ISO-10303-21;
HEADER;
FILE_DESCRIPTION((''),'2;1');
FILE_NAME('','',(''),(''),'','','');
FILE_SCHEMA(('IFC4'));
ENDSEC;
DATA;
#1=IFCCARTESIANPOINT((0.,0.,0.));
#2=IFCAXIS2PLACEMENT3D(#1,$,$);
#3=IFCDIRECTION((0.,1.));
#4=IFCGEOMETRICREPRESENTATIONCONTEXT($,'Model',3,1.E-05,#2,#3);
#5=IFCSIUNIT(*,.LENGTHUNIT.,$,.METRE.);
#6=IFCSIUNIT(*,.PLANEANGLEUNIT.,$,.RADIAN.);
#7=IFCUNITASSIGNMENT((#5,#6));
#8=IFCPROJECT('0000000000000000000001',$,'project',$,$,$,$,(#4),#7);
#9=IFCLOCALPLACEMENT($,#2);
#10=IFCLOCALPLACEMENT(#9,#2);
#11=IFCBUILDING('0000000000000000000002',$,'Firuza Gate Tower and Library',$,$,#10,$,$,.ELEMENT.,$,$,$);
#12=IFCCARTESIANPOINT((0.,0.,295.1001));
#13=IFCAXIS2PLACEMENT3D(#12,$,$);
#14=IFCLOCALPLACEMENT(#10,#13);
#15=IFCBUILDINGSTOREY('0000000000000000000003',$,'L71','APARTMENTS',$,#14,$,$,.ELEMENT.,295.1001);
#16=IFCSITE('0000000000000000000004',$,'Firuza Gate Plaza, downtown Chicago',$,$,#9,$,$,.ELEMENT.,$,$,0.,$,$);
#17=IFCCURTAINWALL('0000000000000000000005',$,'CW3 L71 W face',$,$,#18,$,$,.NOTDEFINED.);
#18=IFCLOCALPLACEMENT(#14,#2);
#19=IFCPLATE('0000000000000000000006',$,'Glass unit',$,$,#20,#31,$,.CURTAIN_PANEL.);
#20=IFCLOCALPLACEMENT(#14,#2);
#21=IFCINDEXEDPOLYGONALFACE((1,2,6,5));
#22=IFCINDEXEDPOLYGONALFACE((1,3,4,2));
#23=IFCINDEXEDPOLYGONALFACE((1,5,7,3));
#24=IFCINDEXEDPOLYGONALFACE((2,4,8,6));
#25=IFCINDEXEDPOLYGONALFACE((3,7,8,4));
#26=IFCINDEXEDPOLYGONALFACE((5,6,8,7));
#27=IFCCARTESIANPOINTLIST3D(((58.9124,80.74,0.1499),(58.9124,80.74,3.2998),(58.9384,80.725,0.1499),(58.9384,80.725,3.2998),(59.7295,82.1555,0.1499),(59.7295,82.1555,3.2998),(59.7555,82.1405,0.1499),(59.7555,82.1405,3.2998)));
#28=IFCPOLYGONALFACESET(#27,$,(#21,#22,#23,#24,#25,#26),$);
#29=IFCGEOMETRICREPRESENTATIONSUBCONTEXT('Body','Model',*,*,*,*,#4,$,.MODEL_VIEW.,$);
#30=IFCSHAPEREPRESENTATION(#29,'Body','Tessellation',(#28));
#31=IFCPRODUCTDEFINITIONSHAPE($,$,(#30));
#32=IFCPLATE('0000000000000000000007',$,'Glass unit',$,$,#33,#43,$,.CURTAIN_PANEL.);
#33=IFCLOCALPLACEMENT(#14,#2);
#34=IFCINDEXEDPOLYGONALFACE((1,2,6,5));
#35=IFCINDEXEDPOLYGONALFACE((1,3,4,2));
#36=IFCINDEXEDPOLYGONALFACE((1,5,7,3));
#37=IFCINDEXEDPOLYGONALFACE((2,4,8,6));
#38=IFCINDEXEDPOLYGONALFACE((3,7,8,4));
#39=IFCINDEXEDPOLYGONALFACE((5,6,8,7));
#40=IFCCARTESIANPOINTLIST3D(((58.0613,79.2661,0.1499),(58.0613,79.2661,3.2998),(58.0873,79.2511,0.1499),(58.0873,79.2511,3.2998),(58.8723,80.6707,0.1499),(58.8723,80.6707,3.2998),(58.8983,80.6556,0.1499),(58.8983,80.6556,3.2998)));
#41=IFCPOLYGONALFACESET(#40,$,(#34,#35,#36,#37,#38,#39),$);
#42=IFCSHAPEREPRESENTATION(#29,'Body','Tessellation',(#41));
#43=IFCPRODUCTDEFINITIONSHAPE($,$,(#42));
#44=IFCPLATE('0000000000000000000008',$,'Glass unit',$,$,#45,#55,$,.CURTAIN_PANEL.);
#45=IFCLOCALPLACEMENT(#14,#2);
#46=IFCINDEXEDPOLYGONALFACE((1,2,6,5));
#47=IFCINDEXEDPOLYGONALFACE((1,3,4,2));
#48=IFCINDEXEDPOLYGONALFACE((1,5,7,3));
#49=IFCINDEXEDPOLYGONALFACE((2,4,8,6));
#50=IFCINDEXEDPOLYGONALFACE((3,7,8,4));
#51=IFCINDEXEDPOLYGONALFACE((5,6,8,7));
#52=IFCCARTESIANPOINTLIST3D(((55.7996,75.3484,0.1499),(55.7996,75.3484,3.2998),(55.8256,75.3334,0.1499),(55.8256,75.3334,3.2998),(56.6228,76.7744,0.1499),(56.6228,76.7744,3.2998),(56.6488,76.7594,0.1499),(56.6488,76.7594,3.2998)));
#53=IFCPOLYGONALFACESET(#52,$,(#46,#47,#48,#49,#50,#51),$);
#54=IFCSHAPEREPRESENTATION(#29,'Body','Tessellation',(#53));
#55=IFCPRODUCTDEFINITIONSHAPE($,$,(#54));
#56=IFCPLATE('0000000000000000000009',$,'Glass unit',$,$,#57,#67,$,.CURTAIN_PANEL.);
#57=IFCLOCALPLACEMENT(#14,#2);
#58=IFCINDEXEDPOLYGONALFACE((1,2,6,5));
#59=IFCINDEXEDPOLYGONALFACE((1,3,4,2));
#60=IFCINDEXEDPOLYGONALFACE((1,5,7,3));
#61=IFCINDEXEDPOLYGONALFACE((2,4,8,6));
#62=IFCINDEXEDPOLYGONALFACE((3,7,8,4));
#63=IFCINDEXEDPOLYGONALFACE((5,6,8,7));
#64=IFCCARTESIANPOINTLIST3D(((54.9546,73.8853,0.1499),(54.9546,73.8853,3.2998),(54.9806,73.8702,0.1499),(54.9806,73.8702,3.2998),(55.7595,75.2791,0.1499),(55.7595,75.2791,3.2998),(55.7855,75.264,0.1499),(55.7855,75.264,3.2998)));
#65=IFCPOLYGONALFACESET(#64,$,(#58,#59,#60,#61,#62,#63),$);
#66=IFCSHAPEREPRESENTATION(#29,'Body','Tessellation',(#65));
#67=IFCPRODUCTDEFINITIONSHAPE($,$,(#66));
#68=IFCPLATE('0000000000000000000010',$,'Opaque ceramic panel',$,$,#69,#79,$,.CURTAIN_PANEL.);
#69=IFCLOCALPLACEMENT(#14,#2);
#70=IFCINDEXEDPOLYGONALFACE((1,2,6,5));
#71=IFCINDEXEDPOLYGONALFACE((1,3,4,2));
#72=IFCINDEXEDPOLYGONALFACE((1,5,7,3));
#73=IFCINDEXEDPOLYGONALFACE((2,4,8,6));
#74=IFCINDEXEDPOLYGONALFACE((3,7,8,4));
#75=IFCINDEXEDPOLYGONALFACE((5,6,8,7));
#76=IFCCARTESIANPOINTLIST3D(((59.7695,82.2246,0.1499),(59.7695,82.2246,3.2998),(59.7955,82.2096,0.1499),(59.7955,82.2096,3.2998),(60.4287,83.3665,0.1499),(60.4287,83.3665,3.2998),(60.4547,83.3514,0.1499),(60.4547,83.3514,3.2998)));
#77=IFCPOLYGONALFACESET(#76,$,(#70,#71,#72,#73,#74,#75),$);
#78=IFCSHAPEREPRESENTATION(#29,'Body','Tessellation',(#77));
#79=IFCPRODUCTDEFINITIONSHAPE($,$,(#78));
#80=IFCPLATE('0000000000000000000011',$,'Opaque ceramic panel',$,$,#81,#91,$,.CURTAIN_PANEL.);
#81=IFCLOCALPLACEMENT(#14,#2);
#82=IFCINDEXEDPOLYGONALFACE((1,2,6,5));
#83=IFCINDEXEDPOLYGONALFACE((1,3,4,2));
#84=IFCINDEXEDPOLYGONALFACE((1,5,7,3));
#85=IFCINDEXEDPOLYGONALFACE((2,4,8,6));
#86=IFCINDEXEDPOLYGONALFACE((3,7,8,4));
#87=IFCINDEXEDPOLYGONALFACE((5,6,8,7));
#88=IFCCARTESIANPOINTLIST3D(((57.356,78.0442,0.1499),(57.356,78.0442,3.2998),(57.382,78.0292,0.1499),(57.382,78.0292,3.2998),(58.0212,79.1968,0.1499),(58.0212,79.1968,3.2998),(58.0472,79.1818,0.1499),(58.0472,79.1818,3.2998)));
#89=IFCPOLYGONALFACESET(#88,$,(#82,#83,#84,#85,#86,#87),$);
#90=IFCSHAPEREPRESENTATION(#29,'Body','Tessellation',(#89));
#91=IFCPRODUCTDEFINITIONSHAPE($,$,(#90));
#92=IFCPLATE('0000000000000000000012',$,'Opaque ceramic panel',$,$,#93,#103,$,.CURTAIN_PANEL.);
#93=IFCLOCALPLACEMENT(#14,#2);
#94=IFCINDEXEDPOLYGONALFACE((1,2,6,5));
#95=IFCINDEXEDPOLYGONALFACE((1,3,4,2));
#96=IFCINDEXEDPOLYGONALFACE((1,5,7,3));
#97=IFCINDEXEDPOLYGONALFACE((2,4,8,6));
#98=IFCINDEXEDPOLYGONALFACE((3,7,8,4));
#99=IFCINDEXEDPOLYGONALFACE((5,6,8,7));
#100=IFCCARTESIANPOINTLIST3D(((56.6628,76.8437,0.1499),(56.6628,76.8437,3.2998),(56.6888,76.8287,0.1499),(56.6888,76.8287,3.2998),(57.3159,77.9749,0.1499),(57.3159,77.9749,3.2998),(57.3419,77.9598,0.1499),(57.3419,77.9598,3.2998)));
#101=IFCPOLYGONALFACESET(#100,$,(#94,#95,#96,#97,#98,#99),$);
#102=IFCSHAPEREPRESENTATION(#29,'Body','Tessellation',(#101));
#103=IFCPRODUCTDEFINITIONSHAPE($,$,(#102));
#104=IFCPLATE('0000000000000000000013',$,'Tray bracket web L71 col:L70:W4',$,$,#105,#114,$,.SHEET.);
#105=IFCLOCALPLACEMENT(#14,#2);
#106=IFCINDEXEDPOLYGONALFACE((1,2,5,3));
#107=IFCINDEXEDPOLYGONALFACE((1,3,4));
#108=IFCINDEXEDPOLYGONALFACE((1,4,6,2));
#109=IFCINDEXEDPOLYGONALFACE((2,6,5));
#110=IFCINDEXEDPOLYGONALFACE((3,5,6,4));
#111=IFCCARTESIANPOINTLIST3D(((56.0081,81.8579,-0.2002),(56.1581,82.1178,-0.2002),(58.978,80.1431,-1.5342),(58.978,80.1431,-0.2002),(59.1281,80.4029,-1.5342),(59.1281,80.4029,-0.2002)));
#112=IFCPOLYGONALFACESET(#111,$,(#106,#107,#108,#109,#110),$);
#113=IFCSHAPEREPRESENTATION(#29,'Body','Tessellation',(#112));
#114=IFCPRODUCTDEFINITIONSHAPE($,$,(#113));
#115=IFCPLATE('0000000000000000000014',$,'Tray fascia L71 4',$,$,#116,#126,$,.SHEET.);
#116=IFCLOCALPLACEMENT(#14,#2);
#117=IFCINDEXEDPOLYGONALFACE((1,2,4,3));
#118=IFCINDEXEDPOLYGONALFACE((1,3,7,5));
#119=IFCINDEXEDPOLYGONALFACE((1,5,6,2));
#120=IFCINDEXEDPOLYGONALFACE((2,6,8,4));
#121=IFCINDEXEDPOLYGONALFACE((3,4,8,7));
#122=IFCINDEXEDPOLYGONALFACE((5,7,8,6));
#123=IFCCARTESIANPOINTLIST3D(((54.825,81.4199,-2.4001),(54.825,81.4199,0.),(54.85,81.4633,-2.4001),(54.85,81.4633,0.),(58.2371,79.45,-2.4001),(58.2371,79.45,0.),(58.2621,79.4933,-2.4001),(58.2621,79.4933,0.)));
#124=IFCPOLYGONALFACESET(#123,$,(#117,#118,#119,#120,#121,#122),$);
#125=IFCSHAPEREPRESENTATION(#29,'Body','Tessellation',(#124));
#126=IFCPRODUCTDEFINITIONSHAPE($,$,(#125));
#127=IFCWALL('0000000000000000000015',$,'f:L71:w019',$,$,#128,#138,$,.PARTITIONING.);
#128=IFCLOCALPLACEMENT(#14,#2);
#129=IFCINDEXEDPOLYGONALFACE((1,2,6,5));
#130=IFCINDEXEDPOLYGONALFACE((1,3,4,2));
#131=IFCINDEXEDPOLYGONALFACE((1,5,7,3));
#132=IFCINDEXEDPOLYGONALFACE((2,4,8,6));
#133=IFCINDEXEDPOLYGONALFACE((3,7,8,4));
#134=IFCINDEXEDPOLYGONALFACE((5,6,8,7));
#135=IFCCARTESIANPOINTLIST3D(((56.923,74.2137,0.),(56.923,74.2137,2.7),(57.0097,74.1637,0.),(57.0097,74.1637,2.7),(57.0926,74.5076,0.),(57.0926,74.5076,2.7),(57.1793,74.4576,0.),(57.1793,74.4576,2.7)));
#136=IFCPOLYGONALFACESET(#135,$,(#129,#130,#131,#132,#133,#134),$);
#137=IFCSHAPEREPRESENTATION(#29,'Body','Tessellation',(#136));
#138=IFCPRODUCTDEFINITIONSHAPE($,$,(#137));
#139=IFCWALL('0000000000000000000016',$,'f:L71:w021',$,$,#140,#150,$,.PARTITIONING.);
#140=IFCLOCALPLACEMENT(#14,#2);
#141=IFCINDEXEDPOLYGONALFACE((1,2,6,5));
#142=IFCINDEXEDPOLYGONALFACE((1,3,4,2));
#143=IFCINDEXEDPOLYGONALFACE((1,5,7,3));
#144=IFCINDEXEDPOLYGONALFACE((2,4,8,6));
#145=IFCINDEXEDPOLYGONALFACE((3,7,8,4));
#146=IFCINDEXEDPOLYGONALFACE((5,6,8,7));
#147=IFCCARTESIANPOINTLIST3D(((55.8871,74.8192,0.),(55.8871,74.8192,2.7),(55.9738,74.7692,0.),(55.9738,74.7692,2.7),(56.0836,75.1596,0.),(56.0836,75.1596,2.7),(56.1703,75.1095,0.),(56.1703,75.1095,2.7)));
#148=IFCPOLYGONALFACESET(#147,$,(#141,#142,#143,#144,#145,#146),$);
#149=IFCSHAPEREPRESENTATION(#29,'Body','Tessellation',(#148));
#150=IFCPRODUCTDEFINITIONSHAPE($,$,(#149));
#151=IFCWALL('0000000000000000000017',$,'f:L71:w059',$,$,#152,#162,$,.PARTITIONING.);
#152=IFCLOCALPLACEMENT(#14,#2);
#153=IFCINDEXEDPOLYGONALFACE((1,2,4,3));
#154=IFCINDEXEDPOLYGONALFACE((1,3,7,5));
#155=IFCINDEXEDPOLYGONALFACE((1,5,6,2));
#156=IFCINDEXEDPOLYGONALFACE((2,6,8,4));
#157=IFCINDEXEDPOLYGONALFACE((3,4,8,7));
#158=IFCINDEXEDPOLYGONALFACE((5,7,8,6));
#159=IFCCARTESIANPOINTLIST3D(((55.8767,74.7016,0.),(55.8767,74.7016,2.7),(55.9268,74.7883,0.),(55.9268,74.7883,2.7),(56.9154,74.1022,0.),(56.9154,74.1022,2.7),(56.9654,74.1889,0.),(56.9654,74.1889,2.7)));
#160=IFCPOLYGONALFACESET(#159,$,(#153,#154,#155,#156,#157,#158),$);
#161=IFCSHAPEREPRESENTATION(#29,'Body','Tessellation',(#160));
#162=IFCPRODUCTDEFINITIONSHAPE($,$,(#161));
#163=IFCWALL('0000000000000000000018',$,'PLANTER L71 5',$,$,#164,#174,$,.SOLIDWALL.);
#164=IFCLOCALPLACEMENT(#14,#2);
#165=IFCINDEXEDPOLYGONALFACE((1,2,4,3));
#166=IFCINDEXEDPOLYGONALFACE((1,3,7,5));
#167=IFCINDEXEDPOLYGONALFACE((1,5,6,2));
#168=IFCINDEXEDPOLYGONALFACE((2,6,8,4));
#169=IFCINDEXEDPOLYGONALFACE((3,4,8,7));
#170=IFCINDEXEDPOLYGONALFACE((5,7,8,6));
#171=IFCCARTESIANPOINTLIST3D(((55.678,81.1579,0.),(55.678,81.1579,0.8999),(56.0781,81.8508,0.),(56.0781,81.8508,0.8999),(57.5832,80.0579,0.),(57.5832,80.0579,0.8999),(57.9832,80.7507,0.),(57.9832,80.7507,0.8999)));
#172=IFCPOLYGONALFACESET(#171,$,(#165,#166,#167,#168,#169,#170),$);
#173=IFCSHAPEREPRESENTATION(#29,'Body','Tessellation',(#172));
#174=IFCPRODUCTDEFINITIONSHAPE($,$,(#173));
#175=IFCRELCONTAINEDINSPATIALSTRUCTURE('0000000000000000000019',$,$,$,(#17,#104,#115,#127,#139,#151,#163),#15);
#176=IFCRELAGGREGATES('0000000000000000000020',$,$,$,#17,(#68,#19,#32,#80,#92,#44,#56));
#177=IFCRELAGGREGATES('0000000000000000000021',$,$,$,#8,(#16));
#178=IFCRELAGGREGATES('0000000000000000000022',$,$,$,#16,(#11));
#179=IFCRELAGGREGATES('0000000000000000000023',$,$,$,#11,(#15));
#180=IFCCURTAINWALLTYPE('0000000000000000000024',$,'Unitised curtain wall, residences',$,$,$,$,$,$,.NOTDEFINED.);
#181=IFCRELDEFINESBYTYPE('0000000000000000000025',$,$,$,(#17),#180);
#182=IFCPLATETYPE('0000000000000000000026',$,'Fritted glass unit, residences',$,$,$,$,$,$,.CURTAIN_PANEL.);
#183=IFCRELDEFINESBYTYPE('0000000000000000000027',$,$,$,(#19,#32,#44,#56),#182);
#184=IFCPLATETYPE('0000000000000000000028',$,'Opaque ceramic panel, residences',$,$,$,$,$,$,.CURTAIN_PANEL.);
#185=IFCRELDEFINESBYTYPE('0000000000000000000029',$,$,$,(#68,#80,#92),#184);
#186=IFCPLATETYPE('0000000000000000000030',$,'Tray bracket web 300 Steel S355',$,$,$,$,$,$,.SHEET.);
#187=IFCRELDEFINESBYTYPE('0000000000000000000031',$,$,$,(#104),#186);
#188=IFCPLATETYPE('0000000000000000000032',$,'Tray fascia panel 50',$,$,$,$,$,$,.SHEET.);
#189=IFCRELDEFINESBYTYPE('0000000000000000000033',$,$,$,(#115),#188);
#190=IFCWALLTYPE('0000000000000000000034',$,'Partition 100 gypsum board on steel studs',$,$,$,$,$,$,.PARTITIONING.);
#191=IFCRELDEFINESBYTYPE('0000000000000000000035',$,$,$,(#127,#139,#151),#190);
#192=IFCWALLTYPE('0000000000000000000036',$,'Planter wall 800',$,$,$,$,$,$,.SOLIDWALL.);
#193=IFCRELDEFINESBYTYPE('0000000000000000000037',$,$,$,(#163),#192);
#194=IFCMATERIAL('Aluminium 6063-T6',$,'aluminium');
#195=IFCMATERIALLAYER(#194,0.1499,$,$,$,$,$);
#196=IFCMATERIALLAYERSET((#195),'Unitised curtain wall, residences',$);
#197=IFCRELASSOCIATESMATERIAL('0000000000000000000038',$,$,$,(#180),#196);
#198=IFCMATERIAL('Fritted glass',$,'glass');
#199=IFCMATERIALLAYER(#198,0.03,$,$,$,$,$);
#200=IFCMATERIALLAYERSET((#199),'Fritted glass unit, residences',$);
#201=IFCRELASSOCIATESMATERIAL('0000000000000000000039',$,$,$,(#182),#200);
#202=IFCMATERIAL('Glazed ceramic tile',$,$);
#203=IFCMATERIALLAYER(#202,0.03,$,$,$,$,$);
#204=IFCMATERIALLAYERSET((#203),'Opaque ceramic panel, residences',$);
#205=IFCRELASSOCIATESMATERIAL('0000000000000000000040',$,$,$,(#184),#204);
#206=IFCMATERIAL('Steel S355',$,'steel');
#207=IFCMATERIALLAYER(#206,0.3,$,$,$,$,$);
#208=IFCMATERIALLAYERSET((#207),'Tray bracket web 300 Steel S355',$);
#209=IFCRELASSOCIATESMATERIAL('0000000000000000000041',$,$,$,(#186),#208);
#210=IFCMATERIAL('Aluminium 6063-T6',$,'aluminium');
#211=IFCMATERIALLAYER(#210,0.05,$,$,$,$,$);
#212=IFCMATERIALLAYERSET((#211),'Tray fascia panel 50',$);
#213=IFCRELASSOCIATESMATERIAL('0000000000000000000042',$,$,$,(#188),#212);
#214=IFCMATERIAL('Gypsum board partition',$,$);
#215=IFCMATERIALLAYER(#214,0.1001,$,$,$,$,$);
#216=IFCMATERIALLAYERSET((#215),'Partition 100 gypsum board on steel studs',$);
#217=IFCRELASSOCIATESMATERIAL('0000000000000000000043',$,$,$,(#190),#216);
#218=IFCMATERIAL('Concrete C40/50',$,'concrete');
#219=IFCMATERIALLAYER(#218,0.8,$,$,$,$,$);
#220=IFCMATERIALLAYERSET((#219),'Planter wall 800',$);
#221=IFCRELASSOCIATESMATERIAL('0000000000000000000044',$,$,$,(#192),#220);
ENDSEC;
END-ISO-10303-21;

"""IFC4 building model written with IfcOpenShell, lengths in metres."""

from ifc_helpers import new_model, si_unit, direction, frame, frame_2d, origin, place, context, subcontext, project, spatial, polyline, rectangle, outline, extrude, material, layer, layer_set, type_object, element, aggregate, save


model = new_model("IFC4")

# Units and contexts
model_context = context("Model", 3, precision=1e-05, world=origin(), true_north=direction((0.0, 1.0)))
body_context = subcontext(model_context, "Body", "Model", "MODEL_VIEW")
ifc_project = project(units=[si_unit("LENGTHUNIT", "METRE"), si_unit("PLANEANGLEUNIT", "RADIAN")], contexts=[model_context])

# Site, building, storey
site_placement = place(None, origin())
site = spatial("IfcSite", under=ifc_project, at=site_placement, Name="Firuza Gate Plaza, downtown Chicago", CompositionType="ELEMENT", RefElevation=0.0)
building_placement = place(site_placement, origin())
building = spatial("IfcBuilding", under=site, at=building_placement, Name="Firuza Gate Tower and Library", CompositionType="ELEMENT")
storey_placement = place(building_placement, frame((0.0, 0.0, 295.1001)))
storey = spatial("IfcBuildingStorey", under=building, at=storey_placement, Name="L71", Description="APARTMENTS", CompositionType="ELEMENT", Elevation=295.1001)

# Curtain wall
ifc_material_1 = material(Name="Aluminium 6063-T6", Category="aluminium")
ifc_layer_1 = layer(ifc_material_1, 0.1499)
ifc_layer_set_1 = layer_set([ifc_layer_1], Name="Unitised curtain wall, residences")
curtain_wall_type = type_object("IfcCurtainWallType", Name="Unitised curtain wall, residences", PredefinedType="NOTDEFINED", material=ifc_layer_set_1)
curtain_wall_placement = place(storey_placement, origin())
curtain_wall = element("IfcCurtainWall", 1, at=curtain_wall_placement, inside=storey, type_object=curtain_wall_type, Name="CW3 L71 W face", PredefinedType="NOTDEFINED")

# Plates
ifc_material_2 = material(Name="Fritted glass", Category="glass")
ifc_layer_2 = layer(ifc_material_2, 0.03)
ifc_layer_set_2 = layer_set([ifc_layer_2], Name="Fritted glass unit, residences")
plate_type_1 = type_object("IfcPlateType", Name="Fritted glass unit, residences", PredefinedType="CURTAIN_PANEL", material=ifc_layer_set_2)
plate_1_placement = place(storey_placement, frame((59.7295, 82.1555, 0.1499), z_axis=(-0.866056, 0.499947, 0.0), x_axis=(-0.499947, -0.866056, 0.0)))
plate_1 = element("IfcPlate", 2, at=plate_1_placement, type_object=plate_type_1, Name="Glass unit", PredefinedType="CURTAIN_PANEL", context=body_context, shape_type="SweptSolid", body=[
    extrude(outline(polyline([(0.0, 0.0), (1.6345, 0.0), (1.6345, 3.1499), (0.0, 3.1499), (0.0, 0.0)])), origin(), (0.0, 0.0, -1.0), 0.03),
])
plate_2_placement = place(storey_placement, frame((58.8723, 80.6707, 0.1499), z_axis=(-0.865993, 0.500057, 0.0), x_axis=(-0.500057, -0.865993, 0.0)))
plate_2 = element("IfcPlate", 3, at=plate_2_placement, type_object=plate_type_1, Name="Glass unit", PredefinedType="CURTAIN_PANEL", context=body_context, shape_type="SweptSolid", body=[
    extrude(outline(polyline([(0.0, 0.0), (1.6219, 0.0), (1.6219, 3.1499), (0.0, 3.1499), (0.0, 0.0)])), origin(), (0.0, 0.0, -1.0), 0.03),
])
plate_3_placement = place(storey_placement, frame((56.6228, 76.7744, 0.1499), z_axis=(-0.866045, 0.499966, 0.0), x_axis=(-0.499966, -0.866045, 0.0)))
plate_3 = element("IfcPlate", 4, at=plate_3_placement, type_object=plate_type_1, Name="Glass unit", PredefinedType="CURTAIN_PANEL", context=body_context, shape_type="SweptSolid", body=[
    extrude(outline(polyline([(0.0, 0.0), (1.6466, 0.0), (1.6466, 3.1499), (0.0, 3.1499), (0.0, 0.0)])), origin(), (0.0, 0.0, -1.0), 0.03),
])
plate_4_placement = place(storey_placement, frame((55.7595, 75.2791, 0.1499), z_axis=(-0.865966, 0.500103, 0.0), x_axis=(-0.500103, -0.865966, 0.0)))
plate_4 = element("IfcPlate", 5, at=plate_4_placement, type_object=plate_type_1, Name="Glass unit", PredefinedType="CURTAIN_PANEL", context=body_context, shape_type="SweptSolid", body=[
    extrude(outline(polyline([(0.0, 0.0), (1.6095, 0.0), (1.6095, 3.1499), (0.0, 3.1499), (0.0, 0.0)])), origin(), (0.0, 0.0, -1.0), 0.03),
])
ifc_material_3 = material(Name="Glazed ceramic tile")
ifc_layer_3 = layer(ifc_material_3, 0.03)
ifc_layer_set_3 = layer_set([ifc_layer_3], Name="Opaque ceramic panel, residences")
plate_type_2 = type_object("IfcPlateType", Name="Opaque ceramic panel, residences", PredefinedType="CURTAIN_PANEL", material=ifc_layer_set_3)
plate_5_placement = place(storey_placement, frame((60.4287, 83.3665, 0.1499), z_axis=(-0.866047, 0.499963, 0.0), x_axis=(-0.499963, -0.866047, 0.0)))
plate_5 = element("IfcPlate", 6, at=plate_5_placement, type_object=plate_type_2, Name="Opaque ceramic panel", PredefinedType="CURTAIN_PANEL", context=body_context, shape_type="SweptSolid", body=[
    extrude(outline(polyline([(0.0, 0.0), (1.3185, 0.0), (1.3185, 3.1499), (0.0, 3.1499), (0.0, 0.0)])), origin(), (0.0, 0.0, -1.0), 0.03),
])
plate_6_placement = place(storey_placement, frame((58.0212, 79.1968, 0.1499), z_axis=(-0.866079, 0.499908, 0.0), x_axis=(-0.499908, -0.866079, 0.0)))
plate_6 = element("IfcPlate", 7, at=plate_6_placement, type_object=plate_type_2, Name="Opaque ceramic panel", PredefinedType="CURTAIN_PANEL", context=body_context, shape_type="SweptSolid", body=[
    extrude(outline(polyline([(0.0, 0.0), (1.3308, 0.0), (1.3308, 3.1499), (0.0, 3.1499), (0.0, 0.0)])), origin(), (0.0, 0.0, -1.0), 0.03),
])
plate_7_placement = place(storey_placement, frame((57.3159, 77.9749, 0.1499), z_axis=(-0.866014, 0.500019, 0.0), x_axis=(-0.500019, -0.866014, 0.0)))
plate_7 = element("IfcPlate", 8, at=plate_7_placement, type_object=plate_type_2, Name="Opaque ceramic panel", PredefinedType="CURTAIN_PANEL", context=body_context, shape_type="SweptSolid", body=[
    extrude(outline(polyline([(0.0, 0.0), (1.3061, 0.0), (1.3061, 3.1499), (0.0, 3.1499), (0.0, 0.0)])), origin(), (0.0, 0.0, -1.0), 0.03),
])
aggregate(curtain_wall, [plate_5, plate_1, plate_2, plate_6, plate_7, plate_3, plate_4])

# Plates
ifc_material_4 = material(Name="Steel S355", Category="steel")
ifc_layer_4 = layer(ifc_material_4, 0.3)
ifc_layer_set_4 = layer_set([ifc_layer_4], Name="Tray bracket web 300 Steel S355")
plate_type_3 = type_object("IfcPlateType", Name="Tray bracket web 300 Steel S355", PredefinedType="SHEET", material=ifc_layer_set_4)
plate_8_placement = place(storey_placement, frame((58.978, 80.1431, -0.2002), z_axis=(-0.500029, -0.866009, 0.0), x_axis=(-0.866009, 0.500029, 0.0)))
element("IfcPlate", 9, at=plate_8_placement, inside=storey, type_object=plate_type_3, Name="Tray bracket web L71 col:L70:W4", PredefinedType="SHEET", context=body_context, shape_type="SweptSolid", body=[
    extrude(outline(polyline([(0.0, 0.0), (3.4295, 0.0), (0.0, 1.334), (0.0, 0.0)])), origin(), (0.0, 0.0, -1.0), 0.3),
])
ifc_material_5 = material(Name="Aluminium 6063-T6", Category="aluminium")
ifc_layer_5 = layer(ifc_material_5, 0.05)
ifc_layer_set_5 = layer_set([ifc_layer_5], Name="Tray fascia panel 50")
plate_type_4 = type_object("IfcPlateType", Name="Tray fascia panel 50", PredefinedType="SHEET", material=ifc_layer_set_5)
plate_9_placement = place(storey_placement, frame((54.825, 81.4199, -2.4001), z_axis=(-0.499998, -0.866027, 0.0), x_axis=(0.866027, -0.499998, 0.0)))
element("IfcPlate", 10, at=plate_9_placement, inside=storey, type_object=plate_type_4, Name="Tray fascia L71 4", PredefinedType="SHEET", context=body_context, shape_type="SweptSolid", body=[
    extrude(outline(polyline([(0.0, 0.0), (3.94, 0.0), (3.94, 2.4001), (0.0, 2.4001), (0.0, 0.0)])), origin(), (0.0, 0.0, -1.0), 0.05),
])

# Walls
ifc_material_6 = material(Name="Gypsum board partition")
ifc_layer_6 = layer(ifc_material_6, 0.1001)
ifc_layer_set_6 = layer_set([ifc_layer_6], Name="Partition 100 gypsum board on steel studs")
wall_type_1 = type_object("IfcWallType", Name="Partition 100 gypsum board on steel studs", PredefinedType="PARTITIONING", material=ifc_layer_set_6)
wall_1_placement = place(storey_placement, frame((56.9663, 74.1887, 0.0), z_axis=(0.0, 0.0, 1.0), x_axis=(0.49993, 0.866066, 0.0)))
element("IfcWall", 11, at=wall_1_placement, inside=storey, type_object=wall_type_1, Name="f:L71:w019", PredefinedType="PARTITIONING", context=body_context, shape_type="SweptSolid", body=[
    extrude(rectangle(XDim=0.3394, YDim=0.1001, at=frame_2d((0.1697, 0.0))), origin(), (0.0, 0.0, 1.0), 2.7),
])
wall_2_placement = place(storey_placement, frame((55.9304, 74.7942, 0.0), z_axis=(0.0, 0.0, 1.0), x_axis=(0.500081, 0.865979, 0.0)))
element("IfcWall", 12, at=wall_2_placement, inside=storey, type_object=wall_type_1, Name="f:L71:w021", PredefinedType="PARTITIONING", context=body_context, shape_type="SweptSolid", body=[
    extrude(rectangle(XDim=0.3931, YDim=0.1001, at=frame_2d((0.1965, 0.0))), origin(), (0.0, 0.0, 1.0), 2.7),
])
wall_3_placement = place(storey_placement, frame((56.9404, 74.1455, 0.0), z_axis=(0.0, 0.0, 1.0), x_axis=(-0.866118, 0.49984, 0.0)))
element("IfcWall", 13, at=wall_3_placement, inside=storey, type_object=wall_type_1, Name="f:L71:w059", PredefinedType="PARTITIONING", context=body_context, shape_type="SweptSolid", body=[
    extrude(rectangle(XDim=1.1992, YDim=0.1001, at=frame_2d((0.5996, 0.0))), origin(), (0.0, 0.0, 1.0), 2.7),
])
ifc_material_7 = material(Name="Concrete C40/50", Category="concrete")
ifc_layer_7 = layer(ifc_material_7, 0.8)
ifc_layer_set_7 = layer_set([ifc_layer_7], Name="Planter wall 800")
wall_type_2 = type_object("IfcWallType", Name="Planter wall 800", PredefinedType="SOLIDWALL", material=ifc_layer_set_7)
wall_4_placement = place(storey_placement, frame((55.8779, 81.5044, 0.0), z_axis=(0.0, 0.0, 1.0), x_axis=(0.866008, -0.50003, 0.0)))
element("IfcWall", 14, at=wall_4_placement, inside=storey, type_object=wall_type_2, Name="PLANTER L71 5", PredefinedType="SOLIDWALL", context=body_context, shape_type="SweptSolid", body=[
    extrude(rectangle(XDim=2.2, YDim=0.8, at=frame_2d((1.1001, 0.0))), origin(), (0.0, 0.0, 1.0), 0.8999),
])

save(model, "model.ifc")
